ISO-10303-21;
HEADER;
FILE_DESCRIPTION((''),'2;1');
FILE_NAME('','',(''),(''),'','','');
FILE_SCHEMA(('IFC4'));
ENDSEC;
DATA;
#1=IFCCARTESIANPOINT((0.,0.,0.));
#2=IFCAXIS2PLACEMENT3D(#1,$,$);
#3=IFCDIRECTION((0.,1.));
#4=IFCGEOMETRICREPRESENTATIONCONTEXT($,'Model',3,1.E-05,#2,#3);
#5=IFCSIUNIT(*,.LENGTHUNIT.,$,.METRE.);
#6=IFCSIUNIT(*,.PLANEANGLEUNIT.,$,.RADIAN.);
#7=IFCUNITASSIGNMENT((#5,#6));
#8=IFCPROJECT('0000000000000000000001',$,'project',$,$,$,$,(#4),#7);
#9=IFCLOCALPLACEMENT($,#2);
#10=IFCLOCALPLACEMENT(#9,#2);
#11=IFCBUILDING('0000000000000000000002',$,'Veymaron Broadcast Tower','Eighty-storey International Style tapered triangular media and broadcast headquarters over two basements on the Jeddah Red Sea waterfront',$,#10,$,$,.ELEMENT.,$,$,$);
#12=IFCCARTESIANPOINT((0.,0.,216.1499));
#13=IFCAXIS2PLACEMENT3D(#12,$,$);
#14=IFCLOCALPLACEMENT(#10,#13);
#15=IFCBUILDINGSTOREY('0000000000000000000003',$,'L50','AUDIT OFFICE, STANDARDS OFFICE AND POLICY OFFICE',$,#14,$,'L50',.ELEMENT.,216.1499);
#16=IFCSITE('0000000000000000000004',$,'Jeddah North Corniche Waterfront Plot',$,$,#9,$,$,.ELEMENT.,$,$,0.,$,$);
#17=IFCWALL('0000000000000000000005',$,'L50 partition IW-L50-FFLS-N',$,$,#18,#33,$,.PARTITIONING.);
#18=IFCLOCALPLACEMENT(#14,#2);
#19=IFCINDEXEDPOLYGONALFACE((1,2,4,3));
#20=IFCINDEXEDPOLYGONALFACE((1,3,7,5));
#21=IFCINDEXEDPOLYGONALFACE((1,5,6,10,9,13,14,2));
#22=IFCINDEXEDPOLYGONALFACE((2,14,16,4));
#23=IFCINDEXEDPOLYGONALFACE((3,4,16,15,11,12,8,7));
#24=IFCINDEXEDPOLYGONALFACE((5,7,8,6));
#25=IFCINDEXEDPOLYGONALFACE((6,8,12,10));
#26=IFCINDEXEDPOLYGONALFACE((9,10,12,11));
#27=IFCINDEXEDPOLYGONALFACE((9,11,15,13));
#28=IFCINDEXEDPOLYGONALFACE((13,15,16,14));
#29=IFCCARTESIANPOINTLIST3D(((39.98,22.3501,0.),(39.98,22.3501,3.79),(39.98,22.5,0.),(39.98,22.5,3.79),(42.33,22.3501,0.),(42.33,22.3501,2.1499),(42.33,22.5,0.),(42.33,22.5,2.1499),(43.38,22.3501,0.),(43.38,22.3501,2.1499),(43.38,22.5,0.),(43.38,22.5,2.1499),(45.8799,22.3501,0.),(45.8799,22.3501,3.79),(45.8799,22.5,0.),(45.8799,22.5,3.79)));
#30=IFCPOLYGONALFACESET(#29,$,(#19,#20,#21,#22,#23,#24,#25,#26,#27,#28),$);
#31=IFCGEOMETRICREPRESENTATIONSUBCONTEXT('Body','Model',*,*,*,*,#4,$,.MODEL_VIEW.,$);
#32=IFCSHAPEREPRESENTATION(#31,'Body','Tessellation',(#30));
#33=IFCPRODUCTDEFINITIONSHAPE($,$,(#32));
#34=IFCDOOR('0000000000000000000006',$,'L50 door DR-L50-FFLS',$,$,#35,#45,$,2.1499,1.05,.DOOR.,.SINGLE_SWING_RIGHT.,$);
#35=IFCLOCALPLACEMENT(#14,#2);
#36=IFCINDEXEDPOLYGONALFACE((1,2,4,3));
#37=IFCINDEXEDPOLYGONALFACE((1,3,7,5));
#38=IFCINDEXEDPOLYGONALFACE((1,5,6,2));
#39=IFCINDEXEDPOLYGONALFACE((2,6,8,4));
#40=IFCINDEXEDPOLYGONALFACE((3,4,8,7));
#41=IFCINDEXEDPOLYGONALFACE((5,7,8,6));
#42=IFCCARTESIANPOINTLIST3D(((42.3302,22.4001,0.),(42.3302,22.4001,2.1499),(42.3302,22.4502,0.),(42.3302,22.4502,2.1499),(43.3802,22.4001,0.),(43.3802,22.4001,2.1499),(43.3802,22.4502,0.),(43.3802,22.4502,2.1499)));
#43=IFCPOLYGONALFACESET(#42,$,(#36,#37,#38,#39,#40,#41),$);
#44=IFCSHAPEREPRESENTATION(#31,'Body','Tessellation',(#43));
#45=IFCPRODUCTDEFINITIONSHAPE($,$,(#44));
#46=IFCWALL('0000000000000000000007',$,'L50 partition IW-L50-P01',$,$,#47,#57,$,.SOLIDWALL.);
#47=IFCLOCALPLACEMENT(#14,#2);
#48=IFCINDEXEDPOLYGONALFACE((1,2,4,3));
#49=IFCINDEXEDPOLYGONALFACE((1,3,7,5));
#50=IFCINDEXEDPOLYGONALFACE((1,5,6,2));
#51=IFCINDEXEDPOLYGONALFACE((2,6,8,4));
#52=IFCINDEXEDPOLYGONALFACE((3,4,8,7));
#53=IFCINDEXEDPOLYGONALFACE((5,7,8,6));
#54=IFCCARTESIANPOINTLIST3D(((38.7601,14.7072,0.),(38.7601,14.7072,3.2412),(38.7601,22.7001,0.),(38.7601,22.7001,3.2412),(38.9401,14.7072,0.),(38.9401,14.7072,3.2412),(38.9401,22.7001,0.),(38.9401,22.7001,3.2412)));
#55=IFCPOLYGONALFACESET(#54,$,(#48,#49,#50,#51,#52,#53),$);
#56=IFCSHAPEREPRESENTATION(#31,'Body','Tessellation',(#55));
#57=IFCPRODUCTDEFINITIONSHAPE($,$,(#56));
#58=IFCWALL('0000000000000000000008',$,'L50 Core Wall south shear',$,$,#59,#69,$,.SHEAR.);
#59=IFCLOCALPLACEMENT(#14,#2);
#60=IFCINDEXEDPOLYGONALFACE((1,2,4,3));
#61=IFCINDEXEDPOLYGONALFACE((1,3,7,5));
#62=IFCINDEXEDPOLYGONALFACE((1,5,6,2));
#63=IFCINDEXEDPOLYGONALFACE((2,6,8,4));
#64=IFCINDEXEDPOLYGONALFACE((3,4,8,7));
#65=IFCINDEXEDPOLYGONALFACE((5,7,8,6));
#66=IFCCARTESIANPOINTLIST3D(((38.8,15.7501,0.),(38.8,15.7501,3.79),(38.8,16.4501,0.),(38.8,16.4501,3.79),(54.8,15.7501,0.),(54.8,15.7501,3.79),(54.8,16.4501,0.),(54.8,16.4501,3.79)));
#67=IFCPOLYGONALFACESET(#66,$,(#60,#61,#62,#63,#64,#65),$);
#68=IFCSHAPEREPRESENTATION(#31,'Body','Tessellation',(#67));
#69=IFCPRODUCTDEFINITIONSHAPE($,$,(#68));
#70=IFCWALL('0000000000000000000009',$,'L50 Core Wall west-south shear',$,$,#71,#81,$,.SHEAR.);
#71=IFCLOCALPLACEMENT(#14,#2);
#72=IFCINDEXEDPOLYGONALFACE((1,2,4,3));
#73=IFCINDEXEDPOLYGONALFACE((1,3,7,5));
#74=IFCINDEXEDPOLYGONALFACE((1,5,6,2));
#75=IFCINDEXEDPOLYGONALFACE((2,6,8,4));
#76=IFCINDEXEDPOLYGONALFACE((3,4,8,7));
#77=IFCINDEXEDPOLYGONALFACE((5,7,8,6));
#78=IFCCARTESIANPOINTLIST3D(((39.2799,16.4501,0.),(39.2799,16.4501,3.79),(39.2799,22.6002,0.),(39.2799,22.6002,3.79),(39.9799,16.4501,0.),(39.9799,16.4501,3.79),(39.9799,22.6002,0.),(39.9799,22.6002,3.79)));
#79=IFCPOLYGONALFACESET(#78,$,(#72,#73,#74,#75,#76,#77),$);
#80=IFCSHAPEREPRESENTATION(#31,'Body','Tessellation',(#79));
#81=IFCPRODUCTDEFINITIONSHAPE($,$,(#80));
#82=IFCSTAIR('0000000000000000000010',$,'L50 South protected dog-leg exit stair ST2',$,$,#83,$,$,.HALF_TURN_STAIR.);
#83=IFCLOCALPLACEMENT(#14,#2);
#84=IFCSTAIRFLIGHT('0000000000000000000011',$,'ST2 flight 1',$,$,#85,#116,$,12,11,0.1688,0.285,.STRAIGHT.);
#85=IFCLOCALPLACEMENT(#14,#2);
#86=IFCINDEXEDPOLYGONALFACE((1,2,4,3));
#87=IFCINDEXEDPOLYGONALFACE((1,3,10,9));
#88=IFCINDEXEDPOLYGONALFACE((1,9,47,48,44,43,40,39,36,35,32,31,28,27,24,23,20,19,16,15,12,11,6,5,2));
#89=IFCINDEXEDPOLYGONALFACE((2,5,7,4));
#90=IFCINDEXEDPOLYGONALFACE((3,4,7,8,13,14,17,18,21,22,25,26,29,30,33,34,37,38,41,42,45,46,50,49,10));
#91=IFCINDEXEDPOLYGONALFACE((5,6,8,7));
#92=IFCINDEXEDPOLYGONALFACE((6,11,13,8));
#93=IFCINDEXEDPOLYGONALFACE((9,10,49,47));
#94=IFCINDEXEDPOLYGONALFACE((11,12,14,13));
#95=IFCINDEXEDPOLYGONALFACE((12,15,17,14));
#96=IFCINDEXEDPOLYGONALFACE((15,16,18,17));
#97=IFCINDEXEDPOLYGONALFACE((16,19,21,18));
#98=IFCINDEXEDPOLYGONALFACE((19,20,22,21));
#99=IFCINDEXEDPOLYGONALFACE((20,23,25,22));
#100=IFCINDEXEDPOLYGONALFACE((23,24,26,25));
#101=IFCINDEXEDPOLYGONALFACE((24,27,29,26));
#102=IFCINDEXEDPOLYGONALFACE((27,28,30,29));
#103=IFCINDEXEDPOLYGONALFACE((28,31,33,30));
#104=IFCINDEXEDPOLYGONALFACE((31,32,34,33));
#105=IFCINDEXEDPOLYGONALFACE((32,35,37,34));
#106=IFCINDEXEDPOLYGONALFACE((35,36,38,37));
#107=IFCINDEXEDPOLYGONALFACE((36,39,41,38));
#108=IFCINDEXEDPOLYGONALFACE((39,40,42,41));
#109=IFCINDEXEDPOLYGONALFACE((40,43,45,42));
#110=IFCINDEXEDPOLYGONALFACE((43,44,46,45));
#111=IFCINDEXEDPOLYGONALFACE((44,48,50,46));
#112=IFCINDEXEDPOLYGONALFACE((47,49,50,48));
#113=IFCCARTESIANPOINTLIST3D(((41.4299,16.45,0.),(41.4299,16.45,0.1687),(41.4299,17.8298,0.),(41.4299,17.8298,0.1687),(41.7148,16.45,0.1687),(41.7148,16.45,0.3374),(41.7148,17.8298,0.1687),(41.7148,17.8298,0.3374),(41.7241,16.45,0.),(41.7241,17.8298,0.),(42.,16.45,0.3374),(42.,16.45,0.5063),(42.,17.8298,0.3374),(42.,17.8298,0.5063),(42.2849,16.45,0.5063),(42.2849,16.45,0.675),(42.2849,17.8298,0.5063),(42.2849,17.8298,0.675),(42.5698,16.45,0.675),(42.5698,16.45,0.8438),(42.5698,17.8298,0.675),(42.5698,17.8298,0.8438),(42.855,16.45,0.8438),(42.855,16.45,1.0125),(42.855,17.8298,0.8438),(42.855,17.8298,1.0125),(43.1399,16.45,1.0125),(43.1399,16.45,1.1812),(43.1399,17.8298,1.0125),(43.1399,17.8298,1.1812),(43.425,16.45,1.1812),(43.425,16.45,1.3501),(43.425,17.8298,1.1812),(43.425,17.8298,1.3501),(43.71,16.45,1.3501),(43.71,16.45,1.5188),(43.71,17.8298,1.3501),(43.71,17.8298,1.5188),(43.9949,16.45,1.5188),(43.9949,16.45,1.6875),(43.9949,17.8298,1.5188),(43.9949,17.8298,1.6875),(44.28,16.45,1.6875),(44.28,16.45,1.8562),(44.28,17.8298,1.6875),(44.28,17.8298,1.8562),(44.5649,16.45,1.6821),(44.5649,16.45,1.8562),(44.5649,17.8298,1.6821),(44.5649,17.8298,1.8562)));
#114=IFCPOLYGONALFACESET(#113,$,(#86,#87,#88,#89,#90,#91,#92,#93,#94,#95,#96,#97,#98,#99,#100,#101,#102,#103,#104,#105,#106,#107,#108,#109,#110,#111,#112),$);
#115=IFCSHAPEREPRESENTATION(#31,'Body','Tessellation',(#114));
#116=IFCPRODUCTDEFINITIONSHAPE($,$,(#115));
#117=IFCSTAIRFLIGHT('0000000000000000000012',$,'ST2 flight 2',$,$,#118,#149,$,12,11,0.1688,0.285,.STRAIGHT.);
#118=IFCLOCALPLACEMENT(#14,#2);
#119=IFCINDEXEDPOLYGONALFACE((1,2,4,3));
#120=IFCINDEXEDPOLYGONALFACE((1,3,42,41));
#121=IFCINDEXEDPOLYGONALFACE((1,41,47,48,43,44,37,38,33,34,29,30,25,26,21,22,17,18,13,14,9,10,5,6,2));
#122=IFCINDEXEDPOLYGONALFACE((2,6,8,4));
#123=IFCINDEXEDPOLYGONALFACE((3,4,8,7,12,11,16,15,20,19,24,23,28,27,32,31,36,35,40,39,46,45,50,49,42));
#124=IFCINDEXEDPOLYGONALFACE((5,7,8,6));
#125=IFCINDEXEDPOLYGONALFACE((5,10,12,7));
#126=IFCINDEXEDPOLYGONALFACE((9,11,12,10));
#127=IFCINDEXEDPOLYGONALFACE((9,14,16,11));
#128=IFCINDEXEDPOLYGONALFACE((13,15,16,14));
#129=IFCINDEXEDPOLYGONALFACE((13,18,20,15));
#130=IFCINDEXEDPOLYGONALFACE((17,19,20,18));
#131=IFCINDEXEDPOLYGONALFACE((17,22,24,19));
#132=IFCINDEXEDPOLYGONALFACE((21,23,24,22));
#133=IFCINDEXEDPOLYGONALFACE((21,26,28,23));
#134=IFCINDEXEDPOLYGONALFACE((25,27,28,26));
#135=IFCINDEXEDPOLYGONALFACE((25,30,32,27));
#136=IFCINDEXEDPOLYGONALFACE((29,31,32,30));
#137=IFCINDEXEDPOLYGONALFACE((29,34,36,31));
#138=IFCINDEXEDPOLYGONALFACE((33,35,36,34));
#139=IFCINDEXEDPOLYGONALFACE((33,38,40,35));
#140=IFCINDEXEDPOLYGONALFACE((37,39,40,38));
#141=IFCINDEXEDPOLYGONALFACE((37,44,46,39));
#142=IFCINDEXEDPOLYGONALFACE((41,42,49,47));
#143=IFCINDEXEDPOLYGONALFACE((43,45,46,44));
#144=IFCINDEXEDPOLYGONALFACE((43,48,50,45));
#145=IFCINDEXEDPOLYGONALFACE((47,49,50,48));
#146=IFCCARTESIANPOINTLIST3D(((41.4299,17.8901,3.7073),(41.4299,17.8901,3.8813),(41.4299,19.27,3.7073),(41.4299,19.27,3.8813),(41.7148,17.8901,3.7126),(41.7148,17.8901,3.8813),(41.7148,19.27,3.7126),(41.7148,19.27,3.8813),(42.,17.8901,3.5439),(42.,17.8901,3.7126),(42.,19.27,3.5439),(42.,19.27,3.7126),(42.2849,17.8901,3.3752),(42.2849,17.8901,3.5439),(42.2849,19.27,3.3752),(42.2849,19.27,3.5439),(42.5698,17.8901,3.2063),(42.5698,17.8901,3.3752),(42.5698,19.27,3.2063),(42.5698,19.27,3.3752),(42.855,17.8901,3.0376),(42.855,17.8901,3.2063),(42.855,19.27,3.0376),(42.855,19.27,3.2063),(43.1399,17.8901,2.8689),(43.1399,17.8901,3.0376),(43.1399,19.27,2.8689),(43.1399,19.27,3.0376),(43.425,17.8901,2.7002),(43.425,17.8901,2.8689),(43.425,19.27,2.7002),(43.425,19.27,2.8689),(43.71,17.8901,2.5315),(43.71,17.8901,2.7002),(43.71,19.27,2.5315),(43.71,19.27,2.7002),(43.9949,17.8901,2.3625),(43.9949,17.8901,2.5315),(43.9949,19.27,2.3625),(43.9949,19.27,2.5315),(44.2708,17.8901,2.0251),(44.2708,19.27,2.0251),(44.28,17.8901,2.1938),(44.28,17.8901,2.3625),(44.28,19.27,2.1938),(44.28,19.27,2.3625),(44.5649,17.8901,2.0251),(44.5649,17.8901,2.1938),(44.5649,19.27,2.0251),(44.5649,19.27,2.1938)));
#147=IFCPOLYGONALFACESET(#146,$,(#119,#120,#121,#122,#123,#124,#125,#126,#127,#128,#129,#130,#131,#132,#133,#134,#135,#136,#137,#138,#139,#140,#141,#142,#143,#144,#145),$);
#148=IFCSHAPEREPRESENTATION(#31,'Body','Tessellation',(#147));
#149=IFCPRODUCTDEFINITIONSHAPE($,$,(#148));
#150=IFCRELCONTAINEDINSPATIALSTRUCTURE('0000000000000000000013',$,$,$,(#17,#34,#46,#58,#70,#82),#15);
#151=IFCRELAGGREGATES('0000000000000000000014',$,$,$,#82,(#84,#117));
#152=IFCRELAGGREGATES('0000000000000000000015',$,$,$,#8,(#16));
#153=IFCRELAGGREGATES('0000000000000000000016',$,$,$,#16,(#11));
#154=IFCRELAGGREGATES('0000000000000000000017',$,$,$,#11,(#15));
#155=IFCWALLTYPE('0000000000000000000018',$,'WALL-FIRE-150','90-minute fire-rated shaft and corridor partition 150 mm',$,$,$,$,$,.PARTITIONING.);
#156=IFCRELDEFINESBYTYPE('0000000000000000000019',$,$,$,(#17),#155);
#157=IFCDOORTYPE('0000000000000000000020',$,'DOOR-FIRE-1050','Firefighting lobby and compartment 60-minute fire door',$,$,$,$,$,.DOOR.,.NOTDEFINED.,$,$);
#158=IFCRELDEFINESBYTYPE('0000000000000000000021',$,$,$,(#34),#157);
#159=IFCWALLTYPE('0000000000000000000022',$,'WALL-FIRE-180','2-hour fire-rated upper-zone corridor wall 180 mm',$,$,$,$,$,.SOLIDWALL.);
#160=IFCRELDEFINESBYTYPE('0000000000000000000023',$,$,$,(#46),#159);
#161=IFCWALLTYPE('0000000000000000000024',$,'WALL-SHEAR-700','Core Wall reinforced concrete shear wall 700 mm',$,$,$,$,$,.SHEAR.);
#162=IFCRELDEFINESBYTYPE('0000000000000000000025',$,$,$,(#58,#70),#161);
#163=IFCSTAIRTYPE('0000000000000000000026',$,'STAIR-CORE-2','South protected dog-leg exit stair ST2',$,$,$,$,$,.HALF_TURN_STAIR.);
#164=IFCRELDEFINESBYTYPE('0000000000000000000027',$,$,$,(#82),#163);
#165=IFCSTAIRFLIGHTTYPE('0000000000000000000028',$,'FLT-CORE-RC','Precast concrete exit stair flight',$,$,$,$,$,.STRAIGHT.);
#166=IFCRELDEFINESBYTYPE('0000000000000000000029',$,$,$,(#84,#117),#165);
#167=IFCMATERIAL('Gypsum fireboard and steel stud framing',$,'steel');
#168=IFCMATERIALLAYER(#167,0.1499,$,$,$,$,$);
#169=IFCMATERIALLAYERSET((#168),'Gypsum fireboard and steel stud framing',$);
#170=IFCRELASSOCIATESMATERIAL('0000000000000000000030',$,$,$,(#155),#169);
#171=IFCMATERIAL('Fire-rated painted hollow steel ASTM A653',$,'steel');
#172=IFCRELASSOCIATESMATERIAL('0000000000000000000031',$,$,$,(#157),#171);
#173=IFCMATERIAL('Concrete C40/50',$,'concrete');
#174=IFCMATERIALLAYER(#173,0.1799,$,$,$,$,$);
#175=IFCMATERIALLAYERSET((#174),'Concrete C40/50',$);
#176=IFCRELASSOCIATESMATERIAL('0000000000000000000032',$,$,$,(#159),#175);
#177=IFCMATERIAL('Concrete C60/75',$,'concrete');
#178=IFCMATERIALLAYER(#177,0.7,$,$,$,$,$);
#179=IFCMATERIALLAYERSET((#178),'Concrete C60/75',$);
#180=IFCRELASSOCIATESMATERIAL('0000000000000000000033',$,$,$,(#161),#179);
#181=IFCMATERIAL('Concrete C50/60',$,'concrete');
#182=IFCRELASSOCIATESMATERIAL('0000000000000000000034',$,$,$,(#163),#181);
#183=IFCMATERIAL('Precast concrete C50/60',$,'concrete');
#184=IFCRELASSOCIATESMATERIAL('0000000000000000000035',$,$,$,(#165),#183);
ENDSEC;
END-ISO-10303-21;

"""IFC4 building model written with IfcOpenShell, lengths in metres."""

from ifc_helpers import new_model, si_unit, direction, frame, frame_2d, origin, place, context, subcontext, project, spatial, polyline, rectangle, outline, extrude, material, layer, layer_set, type_object, element, fill, aggregate, save


model = new_model("IFC4")

# Units and contexts
model_context = context("Model", 3, precision=1e-05, world=origin(), true_north=direction((0.0, 1.0)))
body_context = subcontext(model_context, "Body", "Model", "MODEL_VIEW")
ifc_project = project(units=[si_unit("LENGTHUNIT", "METRE"), si_unit("PLANEANGLEUNIT", "RADIAN")], contexts=[model_context])

# Site, building, storey
site_placement = place(None, origin())
site = spatial("IfcSite", under=ifc_project, at=site_placement, Name="Jeddah North Corniche Waterfront Plot", CompositionType="ELEMENT", RefElevation=0.0)
building_placement = place(site_placement, origin())
building = spatial("IfcBuilding", under=site, at=building_placement, Name="Veymaron Broadcast Tower", Description="Eighty-storey International Style tapered triangular media and broadcast headquarters over two basements on the Jeddah Red Sea waterfront", CompositionType="ELEMENT")
storey_placement = place(building_placement, frame((0.0, 0.0, 216.1499)))
storey = spatial("IfcBuildingStorey", under=building, at=storey_placement, Name="L50", Description="AUDIT OFFICE, STANDARDS OFFICE AND POLICY OFFICE", LongName="L50", CompositionType="ELEMENT", Elevation=216.1499)

# Shared definitions
ifc_material_1 = material(Name="Concrete C60/75", Category="concrete")

# Wall, opening, door
ifc_material_2 = material(Name="Gypsum fireboard and steel stud framing", Category="steel")
ifc_layer_1 = layer(ifc_material_2, 0.1499)
ifc_layer_set_1 = layer_set([ifc_layer_1], Name="Gypsum fireboard and steel stud framing")
wall_type_1 = type_object("IfcWallType", Name="WALL-FIRE-150", Description="90-minute fire-rated shaft and corridor partition 150 mm", PredefinedType="PARTITIONING", material=ifc_layer_set_1)
wall_1_placement = place(storey_placement, frame((39.98, 22.425, 0.0), z_axis=(0.0, 0.0, 1.0), x_axis=(1.0, 0.0, 0.0)))
wall_1 = element("IfcWall", 1, at=wall_1_placement, inside=storey, type_object=wall_type_1, Name="L50 partition IW-L50-FFLS-N", PredefinedType="PARTITIONING", context=body_context, shape_type="SweptSolid", body=[
    extrude(rectangle(XDim=5.8999, YDim=0.1499, at=frame_2d((2.95, 0.0))), origin(), (0.0, 0.0, 1.0), 3.79),
])
opening_1_placement = place(wall_1_placement, frame((2.3501, 0.0, 0.0)))
opening_1 = element("IfcOpeningElement", 2, at=opening_1_placement, cuts=wall_1, PredefinedType="OPENING", context=body_context, shape_type="SweptSolid", body=[
    extrude(rectangle(XDim=1.05, YDim=2.1499, at=frame_2d((0.5249, 1.075))), frame((0.0, 0.085, 0.0), z_axis=(0.0, -1.0, 0.0), x_axis=(1.0, 0.0, 0.0)), (0.0, 0.0, 1.0), 0.1699),
])
ifc_material_3 = material(Name="Fire-rated painted hollow steel ASTM A653", Category="steel")
door_type_1 = type_object("IfcDoorType", Name="DOOR-FIRE-1050", Description="Firefighting lobby and compartment 60-minute fire door", OperationType="NOTDEFINED", PredefinedType="DOOR", material=ifc_material_3)
door_1_placement = place(opening_1_placement, frame((1.05, 0.0, 0.0), z_axis=(0.0, 0.0, 1.0), x_axis=(-1.0, 0.0, 0.0)))
door_1 = element("IfcDoor", 3, at=door_1_placement, inside=storey, type_object=door_type_1, Name="L50 door DR-L50-FFLS", OperationType="SINGLE_SWING_RIGHT", OverallHeight=2.1499, OverallWidth=1.05, PredefinedType="DOOR", context=body_context, shape_type="SweptSolid", body=[
    extrude(rectangle(XDim=1.05, YDim=2.1499, at=frame_2d((0.5249, 1.075))), frame((0.0, 0.0249, 0.0), z_axis=(0.0, -1.0, 0.0), x_axis=(1.0, 0.0, 0.0)), (0.0, 0.0, 1.0), 0.05),
])
fill(opening_1, door_1)

# Wall
ifc_material_4 = material(Name="Concrete C40/50", Category="concrete")
ifc_layer_2 = layer(ifc_material_4, 0.1799)
ifc_layer_set_2 = layer_set([ifc_layer_2], Name="Concrete C40/50")
wall_type_2 = type_object("IfcWallType", Name="WALL-FIRE-180", Description="2-hour fire-rated upper-zone corridor wall 180 mm", PredefinedType="SOLIDWALL", material=ifc_layer_set_2)
wall_2_placement = place(storey_placement, frame((38.8501, 14.707, 0.0), z_axis=(0.0, 0.0, 1.0), x_axis=(0.0, 1.0, 0.0)))
element("IfcWall", 4, at=wall_2_placement, inside=storey, type_object=wall_type_2, Name="L50 partition IW-L50-P01", PredefinedType="SOLIDWALL", context=body_context, shape_type="SweptSolid", body=[
    extrude(rectangle(XDim=7.9929, YDim=0.1799, at=frame_2d((3.9966, 0.0))), origin(), (0.0, 0.0, 1.0), 3.2412),
])

# Shared definitions
ifc_material_5 = material(Name="Concrete C50/60", Category="concrete")

# Walls
ifc_layer_3 = layer(ifc_material_1, 0.7)
ifc_layer_set_3 = layer_set([ifc_layer_3], Name="Concrete C60/75")
wall_type_3 = type_object("IfcWallType", Name="WALL-SHEAR-700", Description="Core Wall reinforced concrete shear wall 700 mm", PredefinedType="SHEAR", material=ifc_layer_set_3)
wall_3_placement = place(storey_placement, frame((38.8, 16.1001, 0.0), z_axis=(0.0, 0.0, 1.0), x_axis=(1.0, 0.0, 0.0)))
element("IfcWall", 5, at=wall_3_placement, inside=storey, type_object=wall_type_3, Name="L50 Core Wall south shear", PredefinedType="SHEAR", context=body_context, shape_type="SweptSolid", body=[
    extrude(rectangle(XDim=16.0, YDim=0.7, at=frame_2d((8.0, 0.0))), origin(), (0.0, 0.0, 1.0), 3.79),
])
wall_4_placement = place(storey_placement, frame((39.6299, 16.45, 0.0), z_axis=(0.0, 0.0, 1.0), x_axis=(0.0, 1.0, 0.0)))
element("IfcWall", 6, at=wall_4_placement, inside=storey, type_object=wall_type_3, Name="L50 Core Wall west-south shear", PredefinedType="SHEAR", context=body_context, shape_type="SweptSolid", body=[
    extrude(rectangle(XDim=6.1501, YDim=0.7, at=frame_2d((3.0752, 0.0))), origin(), (0.0, 0.0, 1.0), 3.79),
])

# Stair, stair flights
stair_type = type_object("IfcStairType", Name="STAIR-CORE-2", Description="South protected dog-leg exit stair ST2", PredefinedType="HALF_TURN_STAIR", material=ifc_material_5)
stair_placement = place(storey_placement, origin())
stair = element("IfcStair", 7, at=stair_placement, inside=storey, type_object=stair_type, Name="L50 South protected dog-leg exit stair ST2", PredefinedType="HALF_TURN_STAIR")
ifc_material_6 = material(Name="Precast concrete C50/60", Category="concrete")
stair_flight_type = type_object("IfcStairFlightType", Name="FLT-CORE-RC", Description="Precast concrete exit stair flight", PredefinedType="STRAIGHT", material=ifc_material_6)
stair_flight_1_placement = place(storey_placement, frame((41.4299, 17.1399, 0.0), z_axis=(0.0, 0.0, 1.0), x_axis=(1.0, 0.0, 0.0)))
stair_flight_1 = element("IfcStairFlight", 8, at=stair_flight_1_placement, type_object=stair_flight_type, Name="ST2 flight 1", NumberOfRisers=12, NumberOfTreads=11, PredefinedType="STRAIGHT", RiserHeight=0.1688, TreadLength=0.285, context=body_context, shape_type="SweptSolid", body=[
    extrude(outline(polyline([(0.0, 0.0), (0.0, 0.1687), (0.2849, 0.1687), (0.2849, 0.3374), (0.5701, 0.3374), (0.5701, 0.5063), (0.855, 0.5063), (0.855, 0.675), (1.1399, 0.675), (1.1399, 0.8438), (1.425, 0.8438), (1.425, 1.0125), (1.71, 1.0125), (1.71, 1.1812), (1.9951, 1.1812), (1.9951, 1.3501), (2.28, 1.3501), (2.28, 1.5188), (2.5649, 1.5188), (2.5649, 1.6875), (2.8501, 1.6875), (2.8501, 1.8562), (3.135, 1.8562), (3.135, 2.0249), (3.135, 1.6821), (0.2942, 0.0), (0.0, 0.0)])), frame((0.0, 0.6899, 0.0), z_axis=(0.0, -1.0, 0.0), x_axis=(1.0, 0.0, 0.0)), (0.0, 0.0, 1.0), 1.3799),
])
stair_flight_2_placement = place(storey_placement, frame((44.5649, 18.5801, 2.0251), z_axis=(0.0, 0.0, 1.0), x_axis=(-1.0, 0.0, 0.0)))
stair_flight_2 = element("IfcStairFlight", 9, at=stair_flight_2_placement, type_object=stair_flight_type, Name="ST2 flight 2", NumberOfRisers=12, NumberOfTreads=11, PredefinedType="STRAIGHT", RiserHeight=0.1688, TreadLength=0.285, context=body_context, shape_type="SweptSolid", body=[
    extrude(outline(polyline([(0.0, 0.0), (0.0, 0.1687), (0.2849, 0.1687), (0.2849, 0.3374), (0.5701, 0.3374), (0.5701, 0.5063), (0.855, 0.5063), (0.855, 0.675), (1.1399, 0.675), (1.1399, 0.8438), (1.425, 0.8438), (1.425, 1.0125), (1.71, 1.0125), (1.71, 1.1812), (1.9951, 1.1812), (1.9951, 1.3501), (2.28, 1.3501), (2.28, 1.5188), (2.5649, 1.5188), (2.5649, 1.6875), (2.8501, 1.6875), (2.8501, 1.8562), (3.135, 1.8562), (3.135, 2.0249), (3.135, 1.6821), (0.2942, 0.0), (0.0, 0.0)])), frame((0.0, 0.6899, 0.0), z_axis=(0.0, -1.0, 0.0), x_axis=(1.0, 0.0, 0.0)), (0.0, 0.0, 1.0), 1.3799),
])
aggregate(stair, [stair_flight_1, stair_flight_2])

save(model, "model.ifc")
